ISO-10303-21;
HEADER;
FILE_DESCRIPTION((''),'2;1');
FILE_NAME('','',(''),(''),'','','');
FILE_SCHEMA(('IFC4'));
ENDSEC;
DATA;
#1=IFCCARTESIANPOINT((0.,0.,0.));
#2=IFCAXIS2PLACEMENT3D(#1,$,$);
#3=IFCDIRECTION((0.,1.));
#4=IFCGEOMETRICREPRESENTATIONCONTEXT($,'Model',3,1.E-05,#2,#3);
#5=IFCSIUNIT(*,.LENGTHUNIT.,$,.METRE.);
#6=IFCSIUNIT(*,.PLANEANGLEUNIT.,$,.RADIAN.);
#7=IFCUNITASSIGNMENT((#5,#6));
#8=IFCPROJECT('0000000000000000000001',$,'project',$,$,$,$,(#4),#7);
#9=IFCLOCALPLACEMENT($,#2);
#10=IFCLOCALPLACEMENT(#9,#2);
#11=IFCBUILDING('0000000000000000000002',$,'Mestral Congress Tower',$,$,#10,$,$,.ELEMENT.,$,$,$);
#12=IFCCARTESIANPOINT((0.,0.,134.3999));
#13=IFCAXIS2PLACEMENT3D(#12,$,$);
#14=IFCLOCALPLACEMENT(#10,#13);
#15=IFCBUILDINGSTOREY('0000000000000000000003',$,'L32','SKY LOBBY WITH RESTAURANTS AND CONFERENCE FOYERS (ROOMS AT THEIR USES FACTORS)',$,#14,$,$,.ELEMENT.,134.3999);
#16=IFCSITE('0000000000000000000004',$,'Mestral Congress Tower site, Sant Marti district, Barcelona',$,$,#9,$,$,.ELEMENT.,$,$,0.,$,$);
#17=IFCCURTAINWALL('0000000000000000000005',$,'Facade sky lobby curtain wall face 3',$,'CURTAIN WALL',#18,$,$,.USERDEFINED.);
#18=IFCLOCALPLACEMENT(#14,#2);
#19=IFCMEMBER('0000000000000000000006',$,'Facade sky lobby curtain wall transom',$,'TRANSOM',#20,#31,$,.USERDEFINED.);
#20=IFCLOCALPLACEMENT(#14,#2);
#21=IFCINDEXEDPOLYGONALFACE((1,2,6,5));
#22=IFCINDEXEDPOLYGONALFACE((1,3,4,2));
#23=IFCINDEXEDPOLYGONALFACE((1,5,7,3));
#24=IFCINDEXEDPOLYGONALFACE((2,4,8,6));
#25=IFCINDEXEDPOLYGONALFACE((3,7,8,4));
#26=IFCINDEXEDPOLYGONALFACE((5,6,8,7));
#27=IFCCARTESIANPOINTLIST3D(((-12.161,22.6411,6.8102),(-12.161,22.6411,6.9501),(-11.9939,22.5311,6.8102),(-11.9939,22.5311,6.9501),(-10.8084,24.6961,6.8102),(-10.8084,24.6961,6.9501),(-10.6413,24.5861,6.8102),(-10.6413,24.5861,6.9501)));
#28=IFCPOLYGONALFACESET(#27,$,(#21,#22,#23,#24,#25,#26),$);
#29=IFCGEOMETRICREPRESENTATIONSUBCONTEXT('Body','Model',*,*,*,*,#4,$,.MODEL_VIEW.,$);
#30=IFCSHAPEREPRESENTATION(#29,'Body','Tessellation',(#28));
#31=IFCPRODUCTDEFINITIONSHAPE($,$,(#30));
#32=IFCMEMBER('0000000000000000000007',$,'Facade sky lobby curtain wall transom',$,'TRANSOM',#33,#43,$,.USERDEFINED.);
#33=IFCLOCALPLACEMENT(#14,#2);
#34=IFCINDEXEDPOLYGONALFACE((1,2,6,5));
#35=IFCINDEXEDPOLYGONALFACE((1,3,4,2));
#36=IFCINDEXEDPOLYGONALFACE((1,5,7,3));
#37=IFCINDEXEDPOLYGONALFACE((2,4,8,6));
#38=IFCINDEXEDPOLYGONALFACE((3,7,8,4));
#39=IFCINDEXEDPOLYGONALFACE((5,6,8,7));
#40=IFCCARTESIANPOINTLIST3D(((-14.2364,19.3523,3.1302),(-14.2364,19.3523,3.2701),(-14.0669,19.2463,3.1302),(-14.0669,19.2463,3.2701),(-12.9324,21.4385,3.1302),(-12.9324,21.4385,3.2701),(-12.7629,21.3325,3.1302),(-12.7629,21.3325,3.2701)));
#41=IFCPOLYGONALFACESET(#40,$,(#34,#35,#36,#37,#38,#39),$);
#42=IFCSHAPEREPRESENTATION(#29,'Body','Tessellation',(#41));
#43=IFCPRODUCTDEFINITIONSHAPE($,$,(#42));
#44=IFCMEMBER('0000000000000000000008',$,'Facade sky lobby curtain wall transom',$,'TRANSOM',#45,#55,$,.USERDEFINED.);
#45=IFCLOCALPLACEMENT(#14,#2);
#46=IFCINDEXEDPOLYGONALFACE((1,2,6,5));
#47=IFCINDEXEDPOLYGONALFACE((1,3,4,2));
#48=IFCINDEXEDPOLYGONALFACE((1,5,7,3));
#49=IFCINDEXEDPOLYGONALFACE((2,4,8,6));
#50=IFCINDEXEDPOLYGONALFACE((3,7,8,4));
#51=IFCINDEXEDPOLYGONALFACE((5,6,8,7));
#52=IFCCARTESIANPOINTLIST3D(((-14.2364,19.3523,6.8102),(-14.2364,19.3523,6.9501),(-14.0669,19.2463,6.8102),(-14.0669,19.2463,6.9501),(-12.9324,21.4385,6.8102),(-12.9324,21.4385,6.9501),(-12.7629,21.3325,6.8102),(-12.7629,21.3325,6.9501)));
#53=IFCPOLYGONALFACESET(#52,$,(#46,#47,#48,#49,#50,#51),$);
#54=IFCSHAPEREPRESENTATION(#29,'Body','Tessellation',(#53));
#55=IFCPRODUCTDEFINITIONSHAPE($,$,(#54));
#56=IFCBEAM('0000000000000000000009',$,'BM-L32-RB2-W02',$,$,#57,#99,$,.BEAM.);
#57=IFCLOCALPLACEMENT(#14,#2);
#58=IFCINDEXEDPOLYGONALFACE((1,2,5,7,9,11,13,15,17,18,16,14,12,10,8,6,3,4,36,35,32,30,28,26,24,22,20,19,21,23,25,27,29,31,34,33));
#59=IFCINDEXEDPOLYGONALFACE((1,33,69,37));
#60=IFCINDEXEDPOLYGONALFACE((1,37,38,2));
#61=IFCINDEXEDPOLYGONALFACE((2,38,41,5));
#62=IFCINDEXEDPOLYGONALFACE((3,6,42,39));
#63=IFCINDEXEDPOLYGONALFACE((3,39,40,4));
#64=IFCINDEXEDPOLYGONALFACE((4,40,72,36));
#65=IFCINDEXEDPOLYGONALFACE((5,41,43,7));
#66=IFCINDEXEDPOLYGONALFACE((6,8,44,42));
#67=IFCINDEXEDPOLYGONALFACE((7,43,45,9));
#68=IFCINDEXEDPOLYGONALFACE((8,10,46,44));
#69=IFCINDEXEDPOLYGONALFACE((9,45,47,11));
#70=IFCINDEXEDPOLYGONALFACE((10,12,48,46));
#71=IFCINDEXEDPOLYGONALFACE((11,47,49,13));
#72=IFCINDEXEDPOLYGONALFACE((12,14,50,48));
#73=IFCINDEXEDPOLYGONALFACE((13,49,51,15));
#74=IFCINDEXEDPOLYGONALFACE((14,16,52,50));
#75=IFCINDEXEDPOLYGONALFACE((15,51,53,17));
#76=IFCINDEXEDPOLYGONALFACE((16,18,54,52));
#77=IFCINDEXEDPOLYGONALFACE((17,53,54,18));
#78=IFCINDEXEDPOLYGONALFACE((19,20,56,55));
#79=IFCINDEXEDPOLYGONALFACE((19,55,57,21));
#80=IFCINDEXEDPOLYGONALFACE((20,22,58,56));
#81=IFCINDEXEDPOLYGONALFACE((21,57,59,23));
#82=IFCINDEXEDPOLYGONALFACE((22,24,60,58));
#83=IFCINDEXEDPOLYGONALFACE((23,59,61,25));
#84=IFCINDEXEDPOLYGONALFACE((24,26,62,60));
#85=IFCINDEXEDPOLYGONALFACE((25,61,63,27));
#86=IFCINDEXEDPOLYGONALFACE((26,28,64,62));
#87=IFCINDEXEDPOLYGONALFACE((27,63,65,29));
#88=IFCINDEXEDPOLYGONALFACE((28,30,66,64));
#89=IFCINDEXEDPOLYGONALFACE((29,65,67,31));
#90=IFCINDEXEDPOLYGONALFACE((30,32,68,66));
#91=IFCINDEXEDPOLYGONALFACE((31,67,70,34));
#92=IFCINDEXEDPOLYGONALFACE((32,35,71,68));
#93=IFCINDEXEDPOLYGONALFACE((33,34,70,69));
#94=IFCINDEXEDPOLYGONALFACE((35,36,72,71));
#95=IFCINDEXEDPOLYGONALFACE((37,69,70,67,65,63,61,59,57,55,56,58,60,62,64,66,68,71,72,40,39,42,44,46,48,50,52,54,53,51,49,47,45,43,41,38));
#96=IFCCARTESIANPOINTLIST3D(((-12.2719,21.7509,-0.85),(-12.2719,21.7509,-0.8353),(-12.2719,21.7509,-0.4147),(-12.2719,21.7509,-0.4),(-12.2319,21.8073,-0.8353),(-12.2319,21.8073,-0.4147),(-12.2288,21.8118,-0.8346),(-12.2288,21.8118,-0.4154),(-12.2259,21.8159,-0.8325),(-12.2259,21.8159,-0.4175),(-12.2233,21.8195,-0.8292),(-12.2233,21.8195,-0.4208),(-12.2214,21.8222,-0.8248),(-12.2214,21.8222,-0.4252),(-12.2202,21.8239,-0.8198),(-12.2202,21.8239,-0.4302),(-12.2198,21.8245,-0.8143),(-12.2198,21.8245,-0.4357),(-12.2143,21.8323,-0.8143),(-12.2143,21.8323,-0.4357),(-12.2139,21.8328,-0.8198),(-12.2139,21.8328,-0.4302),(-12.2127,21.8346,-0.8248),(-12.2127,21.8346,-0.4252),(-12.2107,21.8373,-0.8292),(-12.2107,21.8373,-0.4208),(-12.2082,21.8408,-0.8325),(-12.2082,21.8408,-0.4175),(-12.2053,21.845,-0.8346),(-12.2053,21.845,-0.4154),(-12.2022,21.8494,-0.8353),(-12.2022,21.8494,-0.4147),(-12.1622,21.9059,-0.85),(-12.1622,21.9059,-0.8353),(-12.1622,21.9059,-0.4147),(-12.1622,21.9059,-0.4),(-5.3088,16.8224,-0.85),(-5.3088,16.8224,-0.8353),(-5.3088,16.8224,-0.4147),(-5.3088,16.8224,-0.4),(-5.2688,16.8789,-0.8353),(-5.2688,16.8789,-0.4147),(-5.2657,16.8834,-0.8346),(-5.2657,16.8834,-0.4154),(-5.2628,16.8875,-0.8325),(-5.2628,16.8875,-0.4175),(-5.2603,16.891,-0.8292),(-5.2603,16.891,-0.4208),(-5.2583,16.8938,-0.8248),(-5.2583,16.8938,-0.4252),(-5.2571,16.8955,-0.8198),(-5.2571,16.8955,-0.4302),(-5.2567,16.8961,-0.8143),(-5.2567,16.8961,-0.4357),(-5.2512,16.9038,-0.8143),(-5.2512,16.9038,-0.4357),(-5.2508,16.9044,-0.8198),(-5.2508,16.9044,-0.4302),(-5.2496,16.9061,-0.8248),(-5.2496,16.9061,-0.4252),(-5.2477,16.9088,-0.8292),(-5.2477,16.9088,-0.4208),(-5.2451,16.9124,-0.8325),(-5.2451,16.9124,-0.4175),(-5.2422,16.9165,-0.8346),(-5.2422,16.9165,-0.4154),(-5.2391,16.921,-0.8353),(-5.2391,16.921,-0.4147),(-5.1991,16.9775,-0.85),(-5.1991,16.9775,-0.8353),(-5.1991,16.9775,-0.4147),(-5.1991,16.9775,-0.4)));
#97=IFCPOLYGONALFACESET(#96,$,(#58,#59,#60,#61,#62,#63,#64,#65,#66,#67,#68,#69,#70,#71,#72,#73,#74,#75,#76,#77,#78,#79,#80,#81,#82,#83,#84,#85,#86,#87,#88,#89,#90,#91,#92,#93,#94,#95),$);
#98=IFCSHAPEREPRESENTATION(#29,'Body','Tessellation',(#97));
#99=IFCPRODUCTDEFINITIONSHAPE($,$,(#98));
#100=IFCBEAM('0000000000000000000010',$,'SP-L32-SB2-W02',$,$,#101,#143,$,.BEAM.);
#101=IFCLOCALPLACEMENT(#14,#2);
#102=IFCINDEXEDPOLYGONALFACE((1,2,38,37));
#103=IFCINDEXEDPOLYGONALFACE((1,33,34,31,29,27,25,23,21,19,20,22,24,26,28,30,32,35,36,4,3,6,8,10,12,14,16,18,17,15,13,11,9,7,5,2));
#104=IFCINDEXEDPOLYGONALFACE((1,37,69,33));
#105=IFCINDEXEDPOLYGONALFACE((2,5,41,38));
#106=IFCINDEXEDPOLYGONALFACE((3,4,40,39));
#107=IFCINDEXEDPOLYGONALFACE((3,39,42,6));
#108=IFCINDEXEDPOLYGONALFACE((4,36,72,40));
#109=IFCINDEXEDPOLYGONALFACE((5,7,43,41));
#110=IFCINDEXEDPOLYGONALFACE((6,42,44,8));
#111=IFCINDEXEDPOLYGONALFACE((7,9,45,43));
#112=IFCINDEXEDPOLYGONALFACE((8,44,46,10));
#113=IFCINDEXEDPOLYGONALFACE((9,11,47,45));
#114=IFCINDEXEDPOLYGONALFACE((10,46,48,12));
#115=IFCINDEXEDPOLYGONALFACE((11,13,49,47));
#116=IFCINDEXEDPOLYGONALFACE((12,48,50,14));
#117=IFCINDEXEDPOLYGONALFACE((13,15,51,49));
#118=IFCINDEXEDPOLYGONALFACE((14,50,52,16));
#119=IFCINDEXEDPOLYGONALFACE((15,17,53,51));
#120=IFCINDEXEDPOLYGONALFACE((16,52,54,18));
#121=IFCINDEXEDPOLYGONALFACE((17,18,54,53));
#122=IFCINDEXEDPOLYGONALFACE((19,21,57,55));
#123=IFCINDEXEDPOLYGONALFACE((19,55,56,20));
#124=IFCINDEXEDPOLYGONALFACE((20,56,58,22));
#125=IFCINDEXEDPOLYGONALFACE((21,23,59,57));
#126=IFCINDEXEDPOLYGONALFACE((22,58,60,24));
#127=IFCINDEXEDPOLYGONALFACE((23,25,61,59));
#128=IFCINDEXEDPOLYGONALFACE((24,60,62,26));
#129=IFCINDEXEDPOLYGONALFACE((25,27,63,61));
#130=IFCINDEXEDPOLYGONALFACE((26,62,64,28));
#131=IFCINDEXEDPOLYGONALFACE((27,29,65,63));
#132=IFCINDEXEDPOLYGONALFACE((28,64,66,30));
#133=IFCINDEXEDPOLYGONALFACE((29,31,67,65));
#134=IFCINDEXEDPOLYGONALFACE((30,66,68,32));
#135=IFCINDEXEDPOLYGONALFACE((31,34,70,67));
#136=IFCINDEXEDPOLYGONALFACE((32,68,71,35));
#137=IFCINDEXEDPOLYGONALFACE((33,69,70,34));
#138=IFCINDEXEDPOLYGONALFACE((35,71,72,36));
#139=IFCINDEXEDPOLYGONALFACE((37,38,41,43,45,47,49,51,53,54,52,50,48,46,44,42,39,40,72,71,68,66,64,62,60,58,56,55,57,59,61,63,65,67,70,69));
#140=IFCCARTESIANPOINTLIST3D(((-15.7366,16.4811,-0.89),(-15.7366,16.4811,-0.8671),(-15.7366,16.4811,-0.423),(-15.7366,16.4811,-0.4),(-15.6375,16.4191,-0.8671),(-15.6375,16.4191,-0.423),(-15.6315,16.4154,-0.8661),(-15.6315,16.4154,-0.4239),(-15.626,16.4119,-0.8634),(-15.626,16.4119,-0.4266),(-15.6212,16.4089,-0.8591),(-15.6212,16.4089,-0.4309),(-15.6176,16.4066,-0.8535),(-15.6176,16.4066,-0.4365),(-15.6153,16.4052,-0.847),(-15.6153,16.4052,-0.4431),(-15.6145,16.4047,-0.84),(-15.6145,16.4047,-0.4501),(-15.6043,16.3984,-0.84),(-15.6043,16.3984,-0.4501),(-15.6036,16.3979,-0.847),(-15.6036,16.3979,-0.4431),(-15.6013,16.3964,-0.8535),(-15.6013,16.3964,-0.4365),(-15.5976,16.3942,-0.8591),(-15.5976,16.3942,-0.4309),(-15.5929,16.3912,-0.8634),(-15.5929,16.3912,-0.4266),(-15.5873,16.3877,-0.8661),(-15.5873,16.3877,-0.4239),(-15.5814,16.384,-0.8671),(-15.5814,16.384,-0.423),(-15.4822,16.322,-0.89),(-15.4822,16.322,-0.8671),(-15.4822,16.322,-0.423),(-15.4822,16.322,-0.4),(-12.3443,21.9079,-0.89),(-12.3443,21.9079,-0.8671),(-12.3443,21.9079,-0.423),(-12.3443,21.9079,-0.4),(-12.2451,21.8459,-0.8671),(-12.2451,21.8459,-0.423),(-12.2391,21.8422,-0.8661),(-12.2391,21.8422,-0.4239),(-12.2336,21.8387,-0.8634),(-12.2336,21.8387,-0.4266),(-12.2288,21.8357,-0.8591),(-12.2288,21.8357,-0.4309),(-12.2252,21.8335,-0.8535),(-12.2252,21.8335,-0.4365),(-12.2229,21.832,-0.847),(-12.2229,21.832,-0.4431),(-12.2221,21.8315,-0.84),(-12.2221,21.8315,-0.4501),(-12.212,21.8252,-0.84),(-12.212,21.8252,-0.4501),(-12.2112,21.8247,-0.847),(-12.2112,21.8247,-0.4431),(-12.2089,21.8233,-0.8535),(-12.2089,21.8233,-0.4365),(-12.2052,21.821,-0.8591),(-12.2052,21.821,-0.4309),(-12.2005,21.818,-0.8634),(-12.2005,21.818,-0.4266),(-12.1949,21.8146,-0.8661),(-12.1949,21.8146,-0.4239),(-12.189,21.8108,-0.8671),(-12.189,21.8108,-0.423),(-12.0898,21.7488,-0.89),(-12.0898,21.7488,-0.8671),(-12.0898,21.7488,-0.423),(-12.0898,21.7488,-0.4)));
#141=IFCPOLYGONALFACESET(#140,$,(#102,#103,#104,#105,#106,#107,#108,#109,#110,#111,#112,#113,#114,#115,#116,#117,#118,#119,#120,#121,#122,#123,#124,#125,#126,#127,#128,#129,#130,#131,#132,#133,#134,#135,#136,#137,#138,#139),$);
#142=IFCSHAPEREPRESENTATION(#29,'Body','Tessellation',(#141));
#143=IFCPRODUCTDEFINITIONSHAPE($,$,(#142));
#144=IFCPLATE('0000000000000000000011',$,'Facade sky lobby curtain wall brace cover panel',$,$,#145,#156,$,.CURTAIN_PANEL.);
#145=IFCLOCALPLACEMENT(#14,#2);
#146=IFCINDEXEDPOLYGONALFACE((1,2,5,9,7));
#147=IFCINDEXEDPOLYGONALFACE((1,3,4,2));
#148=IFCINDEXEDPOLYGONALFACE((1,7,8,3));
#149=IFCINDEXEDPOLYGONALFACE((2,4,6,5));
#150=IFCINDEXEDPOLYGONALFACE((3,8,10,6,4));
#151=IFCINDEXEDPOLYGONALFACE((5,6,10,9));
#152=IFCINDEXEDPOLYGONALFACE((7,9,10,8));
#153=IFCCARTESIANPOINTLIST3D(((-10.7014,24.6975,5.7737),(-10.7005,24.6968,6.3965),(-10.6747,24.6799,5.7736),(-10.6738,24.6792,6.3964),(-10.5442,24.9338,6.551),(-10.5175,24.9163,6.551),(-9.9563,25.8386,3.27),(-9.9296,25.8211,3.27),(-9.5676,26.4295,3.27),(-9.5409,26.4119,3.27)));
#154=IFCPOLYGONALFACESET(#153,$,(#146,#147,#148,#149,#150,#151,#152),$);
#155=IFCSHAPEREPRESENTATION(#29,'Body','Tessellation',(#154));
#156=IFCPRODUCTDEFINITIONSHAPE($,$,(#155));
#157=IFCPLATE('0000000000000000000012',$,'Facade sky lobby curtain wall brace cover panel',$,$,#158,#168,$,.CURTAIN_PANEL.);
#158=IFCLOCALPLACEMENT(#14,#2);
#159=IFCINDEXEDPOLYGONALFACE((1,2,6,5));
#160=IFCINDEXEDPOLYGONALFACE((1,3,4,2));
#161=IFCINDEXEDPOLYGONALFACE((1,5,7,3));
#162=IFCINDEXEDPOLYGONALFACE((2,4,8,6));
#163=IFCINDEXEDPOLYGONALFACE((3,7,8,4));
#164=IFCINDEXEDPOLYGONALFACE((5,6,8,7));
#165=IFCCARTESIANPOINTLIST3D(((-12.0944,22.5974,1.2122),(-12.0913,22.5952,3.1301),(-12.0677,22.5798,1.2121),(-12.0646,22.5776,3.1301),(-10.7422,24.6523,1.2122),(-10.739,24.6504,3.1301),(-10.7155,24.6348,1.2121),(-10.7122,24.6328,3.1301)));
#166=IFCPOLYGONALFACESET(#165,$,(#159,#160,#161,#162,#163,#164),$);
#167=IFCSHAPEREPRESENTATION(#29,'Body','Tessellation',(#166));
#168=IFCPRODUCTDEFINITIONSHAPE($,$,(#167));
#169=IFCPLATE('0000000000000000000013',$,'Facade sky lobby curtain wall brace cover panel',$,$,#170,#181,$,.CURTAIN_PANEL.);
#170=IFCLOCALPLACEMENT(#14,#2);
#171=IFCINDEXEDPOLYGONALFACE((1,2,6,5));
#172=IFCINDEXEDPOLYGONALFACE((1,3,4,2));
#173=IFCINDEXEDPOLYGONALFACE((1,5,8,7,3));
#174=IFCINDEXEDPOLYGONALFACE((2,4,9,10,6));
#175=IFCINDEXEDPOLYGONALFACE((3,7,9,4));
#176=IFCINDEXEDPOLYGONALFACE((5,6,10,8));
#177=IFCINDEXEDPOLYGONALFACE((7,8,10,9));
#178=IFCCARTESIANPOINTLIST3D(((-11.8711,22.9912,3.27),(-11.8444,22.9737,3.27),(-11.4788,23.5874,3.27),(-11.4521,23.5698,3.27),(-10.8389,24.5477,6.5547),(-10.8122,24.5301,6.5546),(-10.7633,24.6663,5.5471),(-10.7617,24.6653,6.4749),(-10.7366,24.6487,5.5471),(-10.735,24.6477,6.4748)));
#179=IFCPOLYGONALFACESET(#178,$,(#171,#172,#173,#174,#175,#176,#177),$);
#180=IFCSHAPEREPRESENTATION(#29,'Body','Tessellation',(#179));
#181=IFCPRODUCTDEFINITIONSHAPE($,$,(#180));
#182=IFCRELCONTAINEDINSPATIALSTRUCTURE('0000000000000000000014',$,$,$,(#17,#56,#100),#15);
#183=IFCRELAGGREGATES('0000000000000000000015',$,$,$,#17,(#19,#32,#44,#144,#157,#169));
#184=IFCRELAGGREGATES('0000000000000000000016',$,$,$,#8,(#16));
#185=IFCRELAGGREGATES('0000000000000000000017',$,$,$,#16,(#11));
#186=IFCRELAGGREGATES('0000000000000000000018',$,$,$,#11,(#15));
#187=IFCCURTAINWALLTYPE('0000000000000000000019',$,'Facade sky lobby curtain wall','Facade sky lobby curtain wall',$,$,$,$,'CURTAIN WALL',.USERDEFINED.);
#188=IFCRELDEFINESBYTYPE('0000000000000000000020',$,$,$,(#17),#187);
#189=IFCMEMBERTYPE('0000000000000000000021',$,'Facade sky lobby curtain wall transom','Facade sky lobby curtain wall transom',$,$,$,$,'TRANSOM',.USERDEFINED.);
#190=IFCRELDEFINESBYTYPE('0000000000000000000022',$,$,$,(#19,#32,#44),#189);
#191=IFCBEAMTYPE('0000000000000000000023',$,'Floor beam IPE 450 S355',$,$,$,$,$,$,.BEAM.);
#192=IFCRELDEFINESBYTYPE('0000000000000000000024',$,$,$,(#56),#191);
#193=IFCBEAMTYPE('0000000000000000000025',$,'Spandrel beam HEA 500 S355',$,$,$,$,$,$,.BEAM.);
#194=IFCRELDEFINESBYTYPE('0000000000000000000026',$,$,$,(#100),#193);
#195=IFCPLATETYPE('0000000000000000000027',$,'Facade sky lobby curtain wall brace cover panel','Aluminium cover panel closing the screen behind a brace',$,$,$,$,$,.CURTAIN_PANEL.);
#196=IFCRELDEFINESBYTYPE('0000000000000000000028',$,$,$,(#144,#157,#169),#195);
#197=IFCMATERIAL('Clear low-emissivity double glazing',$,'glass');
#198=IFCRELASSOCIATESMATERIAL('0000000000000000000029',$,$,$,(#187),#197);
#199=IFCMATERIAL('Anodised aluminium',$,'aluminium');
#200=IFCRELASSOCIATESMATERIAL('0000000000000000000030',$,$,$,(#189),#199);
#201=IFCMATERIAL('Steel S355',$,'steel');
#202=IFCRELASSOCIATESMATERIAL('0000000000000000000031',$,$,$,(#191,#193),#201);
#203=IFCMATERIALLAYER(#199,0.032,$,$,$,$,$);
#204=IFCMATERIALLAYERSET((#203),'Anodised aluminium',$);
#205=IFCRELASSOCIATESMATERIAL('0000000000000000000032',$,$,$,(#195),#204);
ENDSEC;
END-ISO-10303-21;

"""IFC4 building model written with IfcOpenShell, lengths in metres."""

from ifc_helpers import new_model, si_unit, direction, frame, origin, origin_2d, place, context, subcontext, project, spatial, polyline, rectangle, i_section, outline, extrude, material, layer, layer_set, material_profile, profile_set, type_object, element, aggregate, save


model = new_model("IFC4")

# Units and contexts
model_context = context("Model", 3, precision=1e-05, world=origin(), true_north=direction((0.0, 1.0)))
body_context = subcontext(model_context, "Body", "Model", "MODEL_VIEW")
ifc_project = project(units=[si_unit("LENGTHUNIT", "METRE"), si_unit("PLANEANGLEUNIT", "RADIAN")], contexts=[model_context])

# Site, building, storey
site_placement = place(None, origin())
site = spatial("IfcSite", under=ifc_project, at=site_placement, Name="Mestral Congress Tower site, Sant Marti district, Barcelona", CompositionType="ELEMENT", RefElevation=0.0)
building_placement = place(site_placement, origin())
building = spatial("IfcBuilding", under=site, at=building_placement, Name="Mestral Congress Tower", CompositionType="ELEMENT")
storey_placement = place(building_placement, frame((0.0, 0.0, 134.3999)))
storey = spatial("IfcBuildingStorey", under=building, at=storey_placement, Name="L32", Description="SKY LOBBY WITH RESTAURANTS AND CONFERENCE FOYERS (ROOMS AT THEIR USES FACTORS)", CompositionType="ELEMENT", Elevation=134.3999)

# Shared definitions
ifc_material_1 = material(Name="Steel S355", Category="steel")

# Curtain wall, members
ifc_material_2 = material(Name="Clear low-emissivity double glazing", Category="glass")
curtain_wall_type = type_object("IfcCurtainWallType", Name="Facade sky lobby curtain wall", Description="Facade sky lobby curtain wall", ElementType="CURTAIN WALL", PredefinedType="USERDEFINED", material=ifc_material_2)
placement = place(storey_placement, origin())
curtain_wall = element("IfcCurtainWall", 1, at=placement, inside=storey, type_object=curtain_wall_type, Name="Facade sky lobby curtain wall face 3", ObjectType="CURTAIN WALL", PredefinedType="USERDEFINED")
ifc_material_3 = material(Name="Anodised aluminium", Category="aluminium")
ifc_material_profile_1 = material_profile(ifc_material_3, rectangle(XDim=0.2, YDim=0.1399, at=origin_2d()), Name="CW1 transom 200 x 140")
ifc_profile_set_1 = profile_set([ifc_material_profile_1], Name="Anodised aluminium")
member_type_1 = type_object("IfcMemberType", Name="Facade sky lobby curtain wall transom", Description="Facade sky lobby curtain wall transom", ElementType="TRANSOM", PredefinedType="USERDEFINED", material=ifc_profile_set_1)
member_1_placement = place(storey_placement, frame((-10.7249, 24.6411, 6.8801), z_axis=(-0.54979, -0.835303, 0.0), x_axis=(0.835303, -0.54979, 0.0)))
member_1 = element("IfcMember", 2, at=member_1_placement, type_object=member_type_1, Name="Facade sky lobby curtain wall transom", ObjectType="TRANSOM", PredefinedType="USERDEFINED", context=body_context, shape_type="SweptSolid", body=[
    extrude(rectangle(XDim=0.2, YDim=0.1399, at=origin_2d()), origin(), (0.0, 0.0, 1.0), 2.4602),
])
member_2_placement = place(storey_placement, frame((-12.8477, 21.3855, 3.2002), z_axis=(-0.530026, -0.847982, 0.0), x_axis=(0.847982, -0.530026, 0.0)))
member_2 = element("IfcMember", 3, at=member_2_placement, type_object=member_type_1, Name="Facade sky lobby curtain wall transom", ObjectType="TRANSOM", PredefinedType="USERDEFINED", context=body_context, shape_type="SweptSolid", body=[
    extrude(rectangle(XDim=0.2, YDim=0.1399, at=origin_2d()), origin(), (0.0, 0.0, 1.0), 2.4602),
])
member_3_placement = place(storey_placement, frame((-12.8477, 21.3855, 6.8801), z_axis=(-0.530026, -0.847982, 0.0), x_axis=(0.847982, -0.530026, 0.0)))
member_3 = element("IfcMember", 4, at=member_3_placement, type_object=member_type_1, Name="Facade sky lobby curtain wall transom", ObjectType="TRANSOM", PredefinedType="USERDEFINED", context=body_context, shape_type="SweptSolid", body=[
    extrude(rectangle(XDim=0.2, YDim=0.1399, at=origin_2d()), origin(), (0.0, 0.0, 1.0), 2.4602),
])

# Beams
ifc_material_profile_2 = material_profile(ifc_material_1, i_section(OverallWidth=0.1899, OverallDepth=0.45, WebThickness=0.0095, FlangeThickness=0.0146, FilletRadius=0.021, at=origin_2d()), Name="IPE 450")
ifc_profile_set_2 = profile_set([ifc_material_profile_2], Name="Steel S355")
beam_type_1 = type_object("IfcBeamType", Name="Floor beam IPE 450 S355", PredefinedType="BEAM", material=ifc_profile_set_2)
beam_1_placement = place(storey_placement, frame((-12.217, 21.8284, -0.625), z_axis=(0.816232, -0.577724, 0.0), x_axis=(0.577724, 0.816232, 0.0)))
element("IfcBeam", 5, at=beam_1_placement, inside=storey, type_object=beam_type_1, Name="BM-L32-RB2-W02", PredefinedType="BEAM", context=body_context, shape_type="SweptSolid", body=[
    extrude(i_section(OverallWidth=0.1899, OverallDepth=0.45, WebThickness=0.0095, FlangeThickness=0.0146, FilletRadius=0.021, at=origin_2d()), origin(), (0.0, 0.0, 1.0), 8.5308),
])
ifc_material_profile_3 = material_profile(ifc_material_1, i_section(OverallWidth=0.3, OverallDepth=0.49, WebThickness=0.012, FlangeThickness=0.0229, FilletRadius=0.0271, at=origin_2d()), Name="HEA 500")
ifc_profile_set_3 = profile_set([ifc_material_profile_3], Name="Steel S355")
beam_type_2 = type_object("IfcBeamType", Name="Spandrel beam HEA 500 S355", PredefinedType="BEAM", material=ifc_profile_set_3)
beam_2_placement = place(storey_placement, frame((-12.217, 21.8284, -0.645), z_axis=(-0.530068, -0.847955, 0.0), x_axis=(0.847955, -0.530068, 0.0)))
element("IfcBeam", 6, at=beam_2_placement, inside=storey, type_object=beam_type_2, Name="SP-L32-SB2-W02", PredefinedType="BEAM", context=body_context, shape_type="SweptSolid", body=[
    extrude(i_section(OverallWidth=0.3, OverallDepth=0.49, WebThickness=0.012, FlangeThickness=0.0229, FilletRadius=0.0271, at=origin_2d()), origin(), (0.0, 0.0, 1.0), 6.3999),
])

# Plates
ifc_layer_1 = layer(ifc_material_3, 0.032)
ifc_layer_set_1 = layer_set([ifc_layer_1], Name="Anodised aluminium")
plate_type_1 = type_object("IfcPlateType", Name="Facade sky lobby curtain wall brace cover panel", Description="Aluminium cover panel closing the screen behind a brace", PredefinedType="CURTAIN_PANEL", material=ifc_layer_set_1)
plate_1_placement = place(storey_placement, frame((-10.7014, 24.6975, 5.7737), z_axis=(-0.835428, 0.549596, 0.001873), x_axis=(0.261385, 0.400319, -0.878307)))
plate_1 = element("IfcPlate", 7, at=plate_1_placement, type_object=plate_type_1, Name="Facade sky lobby curtain wall brace cover panel", PredefinedType="CURTAIN_PANEL", context=body_context, shape_type="SweptSolid", body=[
    extrude(outline(polyline([(0.0, 0.0), (2.8506, 0.0), (3.1887, -0.6211), (-0.547, -0.6209), (-0.547, -0.2977), (0.0, 0.0)])), origin(), (0.0, 0.0, -1.0), 0.032),
])
plate_2_placement = place(storey_placement, frame((-12.0913, 22.5952, 3.1301), z_axis=(-0.835362, 0.549697, 0.001977), x_axis=(-0.001626, 0.001126, -0.999998)))
plate_2 = element("IfcPlate", 8, at=plate_2_placement, type_object=plate_type_1, Name="Facade sky lobby curtain wall brace cover panel", PredefinedType="CURTAIN_PANEL", context=body_context, shape_type="SweptSolid", body=[
    extrude(outline(polyline([(0.0, 0.0), (1.918, 0.0), (1.9181, -2.46), (0.0001, -2.4602), (0.0, 0.0)])), origin(), (0.0, 0.0, -1.0), 0.032),
])
plate_3_placement = place(storey_placement, frame((-10.7617, 24.6653, 6.4749), z_axis=(-0.835338, 0.549732, 0.002019), x_axis=(-0.477305, -0.727094, 0.493472)))
plate_3 = element("IfcPlate", 9, at=plate_3_placement, type_object=plate_type_1, Name="Facade sky lobby curtain wall brace cover panel", PredefinedType="CURTAIN_PANEL", context=body_context, shape_type="SweptSolid", body=[
    extrude(outline(polyline([(0.0, 0.0), (0.1618, 0.0), (0.1652, -3.7785), (-0.4555, -3.4263), (-0.4578, -0.8069), (0.0, 0.0)])), origin(), (0.0, 0.0, -1.0), 0.032),
])
aggregate(curtain_wall, [member_1, member_2, member_3, plate_1, plate_2, plate_3])

save(model, "model.ifc")
